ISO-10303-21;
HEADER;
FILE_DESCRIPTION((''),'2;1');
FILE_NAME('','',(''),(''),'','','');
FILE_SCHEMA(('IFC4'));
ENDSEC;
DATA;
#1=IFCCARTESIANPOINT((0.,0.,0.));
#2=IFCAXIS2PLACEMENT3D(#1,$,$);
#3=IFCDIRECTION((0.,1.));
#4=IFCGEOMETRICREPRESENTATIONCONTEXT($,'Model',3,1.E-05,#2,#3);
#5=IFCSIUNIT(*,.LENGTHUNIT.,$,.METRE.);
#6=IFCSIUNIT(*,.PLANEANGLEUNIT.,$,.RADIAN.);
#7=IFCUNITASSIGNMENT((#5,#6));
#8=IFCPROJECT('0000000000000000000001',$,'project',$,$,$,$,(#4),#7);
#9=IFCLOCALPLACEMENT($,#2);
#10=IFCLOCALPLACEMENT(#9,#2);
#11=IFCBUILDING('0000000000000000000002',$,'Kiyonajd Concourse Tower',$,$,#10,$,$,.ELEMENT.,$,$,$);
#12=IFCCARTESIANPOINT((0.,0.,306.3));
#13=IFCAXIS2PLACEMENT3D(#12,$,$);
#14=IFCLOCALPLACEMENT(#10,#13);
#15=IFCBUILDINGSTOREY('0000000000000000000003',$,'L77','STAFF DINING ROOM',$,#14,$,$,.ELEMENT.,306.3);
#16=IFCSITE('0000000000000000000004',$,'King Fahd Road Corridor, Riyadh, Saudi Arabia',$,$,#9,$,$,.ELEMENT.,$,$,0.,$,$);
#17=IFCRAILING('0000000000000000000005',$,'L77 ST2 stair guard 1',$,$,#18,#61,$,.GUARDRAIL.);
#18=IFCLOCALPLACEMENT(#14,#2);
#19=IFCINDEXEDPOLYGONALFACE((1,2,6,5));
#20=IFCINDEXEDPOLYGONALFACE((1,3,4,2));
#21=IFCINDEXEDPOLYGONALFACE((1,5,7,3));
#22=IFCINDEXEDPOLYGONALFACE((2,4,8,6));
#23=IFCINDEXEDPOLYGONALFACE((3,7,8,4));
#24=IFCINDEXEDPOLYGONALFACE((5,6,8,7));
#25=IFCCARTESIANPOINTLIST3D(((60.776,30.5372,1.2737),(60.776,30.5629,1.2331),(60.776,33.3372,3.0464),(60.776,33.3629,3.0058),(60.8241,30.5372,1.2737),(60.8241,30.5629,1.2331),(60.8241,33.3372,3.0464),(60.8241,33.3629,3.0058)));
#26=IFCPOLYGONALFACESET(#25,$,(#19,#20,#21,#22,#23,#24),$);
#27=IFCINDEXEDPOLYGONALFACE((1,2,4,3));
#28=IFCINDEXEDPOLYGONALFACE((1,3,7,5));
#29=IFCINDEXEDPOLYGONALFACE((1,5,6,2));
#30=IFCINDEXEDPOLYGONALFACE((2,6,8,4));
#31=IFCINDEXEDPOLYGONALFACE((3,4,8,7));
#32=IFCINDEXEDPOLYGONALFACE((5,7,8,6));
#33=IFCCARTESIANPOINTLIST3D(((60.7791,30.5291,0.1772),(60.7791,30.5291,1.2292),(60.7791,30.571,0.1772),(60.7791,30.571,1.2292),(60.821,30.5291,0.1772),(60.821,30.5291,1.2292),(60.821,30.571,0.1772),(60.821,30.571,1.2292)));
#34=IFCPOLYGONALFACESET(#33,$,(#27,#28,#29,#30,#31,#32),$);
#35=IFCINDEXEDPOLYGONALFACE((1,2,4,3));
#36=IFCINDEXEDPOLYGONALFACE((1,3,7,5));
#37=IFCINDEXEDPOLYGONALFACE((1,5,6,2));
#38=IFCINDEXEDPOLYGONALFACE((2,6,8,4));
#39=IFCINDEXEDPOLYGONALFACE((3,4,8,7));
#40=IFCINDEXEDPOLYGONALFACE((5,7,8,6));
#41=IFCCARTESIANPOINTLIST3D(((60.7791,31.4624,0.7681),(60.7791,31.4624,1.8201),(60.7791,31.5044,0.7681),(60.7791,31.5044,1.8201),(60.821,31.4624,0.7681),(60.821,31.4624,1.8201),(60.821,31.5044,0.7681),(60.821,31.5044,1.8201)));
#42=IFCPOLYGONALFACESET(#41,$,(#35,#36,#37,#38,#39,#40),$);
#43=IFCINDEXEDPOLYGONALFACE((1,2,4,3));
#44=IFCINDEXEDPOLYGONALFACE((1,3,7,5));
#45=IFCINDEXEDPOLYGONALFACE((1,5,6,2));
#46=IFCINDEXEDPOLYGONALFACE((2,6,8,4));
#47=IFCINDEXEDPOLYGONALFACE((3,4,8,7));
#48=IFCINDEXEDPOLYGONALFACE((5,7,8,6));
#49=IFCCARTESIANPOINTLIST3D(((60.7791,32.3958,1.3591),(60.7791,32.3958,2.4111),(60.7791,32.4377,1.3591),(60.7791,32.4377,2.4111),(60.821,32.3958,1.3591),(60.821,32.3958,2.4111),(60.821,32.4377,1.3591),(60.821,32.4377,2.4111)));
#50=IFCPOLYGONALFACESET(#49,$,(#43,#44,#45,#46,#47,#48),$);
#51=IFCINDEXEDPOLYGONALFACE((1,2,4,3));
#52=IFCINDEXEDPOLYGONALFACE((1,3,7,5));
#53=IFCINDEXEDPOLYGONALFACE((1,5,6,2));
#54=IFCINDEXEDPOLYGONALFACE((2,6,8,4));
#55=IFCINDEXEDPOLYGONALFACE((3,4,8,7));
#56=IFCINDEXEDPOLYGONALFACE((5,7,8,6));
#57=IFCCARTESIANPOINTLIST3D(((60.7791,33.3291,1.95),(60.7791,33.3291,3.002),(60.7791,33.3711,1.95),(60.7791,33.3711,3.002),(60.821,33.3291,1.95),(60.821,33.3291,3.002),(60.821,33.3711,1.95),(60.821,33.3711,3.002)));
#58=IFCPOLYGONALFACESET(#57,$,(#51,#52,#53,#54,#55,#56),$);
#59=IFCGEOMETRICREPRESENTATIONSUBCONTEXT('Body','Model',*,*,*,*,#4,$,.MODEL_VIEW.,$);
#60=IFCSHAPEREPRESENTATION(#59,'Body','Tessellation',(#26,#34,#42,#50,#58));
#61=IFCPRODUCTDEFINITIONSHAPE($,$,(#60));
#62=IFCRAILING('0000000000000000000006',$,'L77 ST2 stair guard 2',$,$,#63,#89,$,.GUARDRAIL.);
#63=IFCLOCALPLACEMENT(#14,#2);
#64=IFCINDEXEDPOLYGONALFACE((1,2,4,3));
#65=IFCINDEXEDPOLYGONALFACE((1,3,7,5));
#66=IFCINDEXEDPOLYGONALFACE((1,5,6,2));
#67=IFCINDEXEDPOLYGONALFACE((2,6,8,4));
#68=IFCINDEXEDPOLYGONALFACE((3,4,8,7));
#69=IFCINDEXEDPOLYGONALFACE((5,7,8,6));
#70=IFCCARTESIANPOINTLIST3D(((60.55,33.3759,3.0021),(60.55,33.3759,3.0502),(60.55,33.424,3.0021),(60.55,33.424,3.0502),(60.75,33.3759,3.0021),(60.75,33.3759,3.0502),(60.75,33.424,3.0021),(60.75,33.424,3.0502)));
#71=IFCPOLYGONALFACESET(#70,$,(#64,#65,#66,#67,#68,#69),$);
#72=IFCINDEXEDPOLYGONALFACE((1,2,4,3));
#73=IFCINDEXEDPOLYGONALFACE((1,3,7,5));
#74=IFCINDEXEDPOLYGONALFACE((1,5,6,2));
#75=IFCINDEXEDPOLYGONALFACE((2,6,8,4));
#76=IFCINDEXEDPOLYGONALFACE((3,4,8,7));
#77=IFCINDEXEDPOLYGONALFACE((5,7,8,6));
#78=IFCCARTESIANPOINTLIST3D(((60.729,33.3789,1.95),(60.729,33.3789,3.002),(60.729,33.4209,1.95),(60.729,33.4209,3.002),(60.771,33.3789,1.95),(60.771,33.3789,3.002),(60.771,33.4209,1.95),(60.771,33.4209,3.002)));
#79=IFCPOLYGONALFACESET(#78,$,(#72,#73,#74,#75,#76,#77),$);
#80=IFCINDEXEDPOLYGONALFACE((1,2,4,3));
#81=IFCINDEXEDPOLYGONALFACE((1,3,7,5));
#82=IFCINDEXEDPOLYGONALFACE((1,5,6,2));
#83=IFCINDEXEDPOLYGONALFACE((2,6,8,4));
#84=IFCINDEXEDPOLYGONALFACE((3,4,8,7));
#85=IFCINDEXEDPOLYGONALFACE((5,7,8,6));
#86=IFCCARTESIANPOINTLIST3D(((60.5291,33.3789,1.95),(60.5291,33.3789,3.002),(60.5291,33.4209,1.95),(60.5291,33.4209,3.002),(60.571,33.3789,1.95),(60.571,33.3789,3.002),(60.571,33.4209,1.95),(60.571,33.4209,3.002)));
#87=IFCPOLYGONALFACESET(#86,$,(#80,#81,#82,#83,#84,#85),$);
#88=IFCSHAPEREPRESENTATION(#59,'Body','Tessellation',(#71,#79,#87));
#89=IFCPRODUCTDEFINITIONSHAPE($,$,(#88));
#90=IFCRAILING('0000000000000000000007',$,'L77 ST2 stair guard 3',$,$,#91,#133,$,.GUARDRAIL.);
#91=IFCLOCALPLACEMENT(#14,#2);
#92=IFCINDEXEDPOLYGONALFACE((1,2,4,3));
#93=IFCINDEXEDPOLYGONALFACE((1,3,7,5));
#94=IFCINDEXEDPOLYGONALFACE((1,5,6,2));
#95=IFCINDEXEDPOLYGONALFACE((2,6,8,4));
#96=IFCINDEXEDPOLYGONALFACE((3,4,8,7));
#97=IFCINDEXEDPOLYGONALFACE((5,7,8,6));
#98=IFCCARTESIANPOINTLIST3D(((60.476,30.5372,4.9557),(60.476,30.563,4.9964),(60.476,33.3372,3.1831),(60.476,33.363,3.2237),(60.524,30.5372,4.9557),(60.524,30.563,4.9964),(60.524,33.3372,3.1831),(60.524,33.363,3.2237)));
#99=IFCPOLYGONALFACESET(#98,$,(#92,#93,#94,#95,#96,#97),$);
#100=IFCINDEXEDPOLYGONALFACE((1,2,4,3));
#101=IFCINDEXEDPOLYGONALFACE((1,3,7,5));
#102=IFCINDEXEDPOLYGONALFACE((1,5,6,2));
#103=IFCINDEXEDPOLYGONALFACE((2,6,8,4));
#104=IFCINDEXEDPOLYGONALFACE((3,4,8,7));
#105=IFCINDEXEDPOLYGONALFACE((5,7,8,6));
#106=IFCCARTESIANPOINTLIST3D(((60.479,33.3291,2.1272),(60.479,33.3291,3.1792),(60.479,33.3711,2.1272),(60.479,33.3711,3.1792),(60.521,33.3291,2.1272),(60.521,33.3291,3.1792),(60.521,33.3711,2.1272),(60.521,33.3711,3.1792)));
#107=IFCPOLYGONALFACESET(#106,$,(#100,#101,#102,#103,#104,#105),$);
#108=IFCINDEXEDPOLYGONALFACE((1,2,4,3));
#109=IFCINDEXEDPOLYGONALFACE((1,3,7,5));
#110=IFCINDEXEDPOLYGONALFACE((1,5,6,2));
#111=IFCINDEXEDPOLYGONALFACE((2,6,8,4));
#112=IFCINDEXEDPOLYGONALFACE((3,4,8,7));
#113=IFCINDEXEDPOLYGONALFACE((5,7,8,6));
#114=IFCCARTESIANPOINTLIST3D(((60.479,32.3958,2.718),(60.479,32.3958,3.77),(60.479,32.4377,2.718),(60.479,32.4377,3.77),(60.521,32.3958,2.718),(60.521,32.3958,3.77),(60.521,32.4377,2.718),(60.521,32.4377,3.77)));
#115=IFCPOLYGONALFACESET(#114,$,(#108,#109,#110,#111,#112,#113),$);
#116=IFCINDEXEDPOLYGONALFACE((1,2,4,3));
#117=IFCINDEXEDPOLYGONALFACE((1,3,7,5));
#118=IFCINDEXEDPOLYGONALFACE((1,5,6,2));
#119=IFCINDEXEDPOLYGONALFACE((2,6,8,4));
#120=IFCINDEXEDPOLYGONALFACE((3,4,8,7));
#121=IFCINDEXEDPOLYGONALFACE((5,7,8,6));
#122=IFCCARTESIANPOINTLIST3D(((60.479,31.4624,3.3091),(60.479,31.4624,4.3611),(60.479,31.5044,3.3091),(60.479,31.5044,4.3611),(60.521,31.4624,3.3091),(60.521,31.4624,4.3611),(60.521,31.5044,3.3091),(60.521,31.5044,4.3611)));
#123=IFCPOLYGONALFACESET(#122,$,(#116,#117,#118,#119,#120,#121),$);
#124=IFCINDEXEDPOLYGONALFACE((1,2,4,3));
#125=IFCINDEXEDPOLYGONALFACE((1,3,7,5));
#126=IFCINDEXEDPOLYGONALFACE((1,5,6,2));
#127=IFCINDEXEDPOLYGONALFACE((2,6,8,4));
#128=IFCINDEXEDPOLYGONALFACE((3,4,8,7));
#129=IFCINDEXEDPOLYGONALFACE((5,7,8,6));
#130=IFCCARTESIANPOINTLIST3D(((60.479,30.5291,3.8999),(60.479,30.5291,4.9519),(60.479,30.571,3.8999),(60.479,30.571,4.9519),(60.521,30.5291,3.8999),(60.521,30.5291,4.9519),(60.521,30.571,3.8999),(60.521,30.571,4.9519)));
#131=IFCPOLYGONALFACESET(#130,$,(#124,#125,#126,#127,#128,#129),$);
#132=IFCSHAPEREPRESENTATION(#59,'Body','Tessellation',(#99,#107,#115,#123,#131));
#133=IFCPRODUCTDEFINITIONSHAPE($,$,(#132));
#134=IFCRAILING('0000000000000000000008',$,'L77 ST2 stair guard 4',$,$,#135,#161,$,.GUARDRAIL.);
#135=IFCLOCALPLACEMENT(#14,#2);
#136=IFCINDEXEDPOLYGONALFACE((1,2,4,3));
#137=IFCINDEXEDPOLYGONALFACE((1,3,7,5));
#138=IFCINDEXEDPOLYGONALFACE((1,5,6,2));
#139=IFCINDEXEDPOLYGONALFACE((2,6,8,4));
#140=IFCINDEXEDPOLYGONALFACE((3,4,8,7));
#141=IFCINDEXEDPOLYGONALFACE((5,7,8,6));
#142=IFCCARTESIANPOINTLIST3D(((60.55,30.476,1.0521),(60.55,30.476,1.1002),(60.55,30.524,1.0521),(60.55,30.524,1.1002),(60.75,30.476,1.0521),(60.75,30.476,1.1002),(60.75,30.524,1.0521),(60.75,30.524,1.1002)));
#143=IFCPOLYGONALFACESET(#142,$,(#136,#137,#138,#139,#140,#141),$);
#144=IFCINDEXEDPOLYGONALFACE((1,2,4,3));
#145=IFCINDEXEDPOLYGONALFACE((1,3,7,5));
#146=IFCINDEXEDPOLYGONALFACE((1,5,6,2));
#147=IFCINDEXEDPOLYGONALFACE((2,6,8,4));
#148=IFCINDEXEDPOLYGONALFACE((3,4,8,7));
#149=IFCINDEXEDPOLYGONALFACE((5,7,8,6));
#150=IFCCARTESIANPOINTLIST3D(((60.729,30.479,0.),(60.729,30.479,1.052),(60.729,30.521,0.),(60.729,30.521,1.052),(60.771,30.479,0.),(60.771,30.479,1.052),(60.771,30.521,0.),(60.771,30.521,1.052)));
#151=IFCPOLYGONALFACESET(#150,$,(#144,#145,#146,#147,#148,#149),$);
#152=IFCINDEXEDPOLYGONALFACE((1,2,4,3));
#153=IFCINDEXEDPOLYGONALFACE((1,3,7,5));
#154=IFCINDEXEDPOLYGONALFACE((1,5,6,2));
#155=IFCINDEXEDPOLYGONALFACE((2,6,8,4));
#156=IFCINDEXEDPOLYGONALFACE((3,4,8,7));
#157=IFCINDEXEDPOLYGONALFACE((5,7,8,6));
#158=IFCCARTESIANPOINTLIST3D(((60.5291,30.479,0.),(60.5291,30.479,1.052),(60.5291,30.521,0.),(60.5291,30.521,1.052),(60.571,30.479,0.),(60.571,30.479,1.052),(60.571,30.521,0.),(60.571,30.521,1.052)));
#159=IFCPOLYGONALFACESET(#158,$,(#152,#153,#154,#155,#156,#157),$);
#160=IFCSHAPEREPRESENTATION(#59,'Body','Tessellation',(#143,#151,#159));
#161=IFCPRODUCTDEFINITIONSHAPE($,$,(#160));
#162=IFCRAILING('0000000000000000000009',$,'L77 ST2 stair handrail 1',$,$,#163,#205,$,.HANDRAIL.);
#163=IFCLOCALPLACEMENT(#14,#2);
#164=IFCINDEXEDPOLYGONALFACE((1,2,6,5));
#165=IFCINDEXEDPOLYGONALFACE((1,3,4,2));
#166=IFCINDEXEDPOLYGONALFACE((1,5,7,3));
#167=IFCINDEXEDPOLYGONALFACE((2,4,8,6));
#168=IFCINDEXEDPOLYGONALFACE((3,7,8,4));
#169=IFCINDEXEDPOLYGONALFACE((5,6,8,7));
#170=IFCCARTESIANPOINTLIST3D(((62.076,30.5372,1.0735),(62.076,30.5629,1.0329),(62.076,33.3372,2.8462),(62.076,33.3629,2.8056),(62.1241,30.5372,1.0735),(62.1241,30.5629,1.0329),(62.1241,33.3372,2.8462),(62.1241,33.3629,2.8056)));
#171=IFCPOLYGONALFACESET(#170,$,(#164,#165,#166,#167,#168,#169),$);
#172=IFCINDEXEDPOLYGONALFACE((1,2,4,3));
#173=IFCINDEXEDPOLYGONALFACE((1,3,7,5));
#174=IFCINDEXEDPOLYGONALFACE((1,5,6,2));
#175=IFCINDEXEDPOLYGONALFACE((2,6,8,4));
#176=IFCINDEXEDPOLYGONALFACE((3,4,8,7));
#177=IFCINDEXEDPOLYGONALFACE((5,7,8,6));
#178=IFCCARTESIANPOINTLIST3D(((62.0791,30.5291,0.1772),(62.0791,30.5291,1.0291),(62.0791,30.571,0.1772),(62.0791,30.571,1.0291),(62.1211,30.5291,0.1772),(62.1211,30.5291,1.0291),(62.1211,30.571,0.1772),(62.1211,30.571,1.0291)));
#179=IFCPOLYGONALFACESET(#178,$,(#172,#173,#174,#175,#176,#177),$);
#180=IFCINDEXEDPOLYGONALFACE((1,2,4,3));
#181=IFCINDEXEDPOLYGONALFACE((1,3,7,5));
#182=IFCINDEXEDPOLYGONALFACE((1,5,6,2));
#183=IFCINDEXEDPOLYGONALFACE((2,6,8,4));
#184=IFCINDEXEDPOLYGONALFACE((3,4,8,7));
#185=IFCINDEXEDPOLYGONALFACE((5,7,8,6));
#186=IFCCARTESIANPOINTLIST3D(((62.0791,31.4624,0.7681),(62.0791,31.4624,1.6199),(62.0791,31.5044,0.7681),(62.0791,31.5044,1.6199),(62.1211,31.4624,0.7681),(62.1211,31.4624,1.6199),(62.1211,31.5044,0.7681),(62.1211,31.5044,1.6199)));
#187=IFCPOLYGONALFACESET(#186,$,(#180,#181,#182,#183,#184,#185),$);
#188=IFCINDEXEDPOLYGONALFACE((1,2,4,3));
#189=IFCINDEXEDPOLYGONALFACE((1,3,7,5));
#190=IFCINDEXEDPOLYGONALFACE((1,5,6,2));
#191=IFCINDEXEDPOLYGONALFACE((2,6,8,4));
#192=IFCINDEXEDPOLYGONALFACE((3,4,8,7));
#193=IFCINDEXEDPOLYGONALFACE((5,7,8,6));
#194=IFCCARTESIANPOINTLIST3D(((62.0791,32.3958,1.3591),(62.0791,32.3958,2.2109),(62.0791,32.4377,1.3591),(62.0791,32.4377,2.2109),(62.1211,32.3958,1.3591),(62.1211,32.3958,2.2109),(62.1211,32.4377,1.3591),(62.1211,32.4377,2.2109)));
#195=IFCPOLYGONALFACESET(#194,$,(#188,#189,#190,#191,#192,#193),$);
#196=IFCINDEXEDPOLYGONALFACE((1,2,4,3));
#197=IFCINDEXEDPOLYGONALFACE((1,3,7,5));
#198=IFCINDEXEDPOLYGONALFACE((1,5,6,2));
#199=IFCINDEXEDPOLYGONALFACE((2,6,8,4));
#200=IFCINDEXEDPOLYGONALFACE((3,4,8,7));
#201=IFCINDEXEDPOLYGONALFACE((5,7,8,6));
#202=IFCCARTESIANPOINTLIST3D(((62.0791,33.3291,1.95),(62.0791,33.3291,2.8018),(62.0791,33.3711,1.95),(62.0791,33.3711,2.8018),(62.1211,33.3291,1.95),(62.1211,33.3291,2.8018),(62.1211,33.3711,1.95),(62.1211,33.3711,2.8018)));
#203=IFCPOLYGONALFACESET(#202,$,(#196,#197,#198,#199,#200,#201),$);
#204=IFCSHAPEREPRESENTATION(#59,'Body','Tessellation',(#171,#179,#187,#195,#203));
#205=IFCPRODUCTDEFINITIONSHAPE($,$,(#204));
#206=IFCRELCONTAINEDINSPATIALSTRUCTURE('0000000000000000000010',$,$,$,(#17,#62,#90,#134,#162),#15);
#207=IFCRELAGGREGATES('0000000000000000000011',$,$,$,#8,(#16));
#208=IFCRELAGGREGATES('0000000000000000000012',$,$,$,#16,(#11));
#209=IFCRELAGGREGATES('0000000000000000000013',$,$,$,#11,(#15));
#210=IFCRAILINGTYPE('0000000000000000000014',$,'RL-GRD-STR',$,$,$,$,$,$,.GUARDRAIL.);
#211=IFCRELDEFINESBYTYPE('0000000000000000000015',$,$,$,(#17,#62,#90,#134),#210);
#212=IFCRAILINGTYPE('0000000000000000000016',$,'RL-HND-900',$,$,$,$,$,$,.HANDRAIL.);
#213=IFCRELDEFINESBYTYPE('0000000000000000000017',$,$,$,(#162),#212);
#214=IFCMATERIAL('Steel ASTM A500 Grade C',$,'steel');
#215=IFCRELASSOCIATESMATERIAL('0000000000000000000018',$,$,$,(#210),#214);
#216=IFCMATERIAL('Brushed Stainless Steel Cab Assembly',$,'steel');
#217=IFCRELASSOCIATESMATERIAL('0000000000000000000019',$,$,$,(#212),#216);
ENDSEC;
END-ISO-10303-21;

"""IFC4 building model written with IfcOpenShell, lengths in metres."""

from ifc_helpers import new_model, si_unit, direction, frame, origin, origin_2d, place, context, subcontext, project, spatial, rectangle, extrude, material, type_object, element, save


model = new_model("IFC4")

# Units and contexts
model_context = context("Model", 3, precision=1e-05, world=origin(), true_north=direction((0.0, 1.0)))
body_context = subcontext(model_context, "Body", "Model", "MODEL_VIEW")
ifc_project = project(units=[si_unit("LENGTHUNIT", "METRE"), si_unit("PLANEANGLEUNIT", "RADIAN")], contexts=[model_context])

# Site, building, storey
site_placement = place(None, origin())
site = spatial("IfcSite", under=ifc_project, at=site_placement, Name="King Fahd Road Corridor, Riyadh, Saudi Arabia", CompositionType="ELEMENT", RefElevation=0.0)
building_placement = place(site_placement, origin())
building = spatial("IfcBuilding", under=site, at=building_placement, Name="Kiyonajd Concourse Tower", CompositionType="ELEMENT")
storey_placement = place(building_placement, frame((0.0, 0.0, 306.3)))
storey = spatial("IfcBuildingStorey", under=building, at=storey_placement, Name="L77", Description="STAFF DINING ROOM", CompositionType="ELEMENT", Elevation=306.3)

# Railings
ifc_material_1 = material(Name="Steel ASTM A500 Grade C", Category="steel")
railing_type_1 = type_object("IfcRailingType", Name="RL-GRD-STR", PredefinedType="GUARDRAIL", material=ifc_material_1)
railing_1_placement = place(storey_placement, frame((60.8, 30.55, 0.1772)))
element("IfcRailing", 1, at=railing_1_placement, inside=storey, type_object=railing_type_1, Name="L77 ST2 stair guard 1", PredefinedType="GUARDRAIL", context=body_context, shape_type="SweptSolid", body=[
    extrude(rectangle(XDim=0.0481, YDim=0.0481, at=origin_2d()), frame((0.0, 0.0, 1.0762), z_axis=(0.0, 0.844909, 0.53491), x_axis=(-1.0, 0.0, 0.0)), (0.0, 0.0, 1.0), 3.314),
    extrude(rectangle(XDim=0.042, YDim=0.042, at=origin_2d()), origin(), (0.0, 0.0, 1.0), 1.052),
    extrude(rectangle(XDim=0.042, YDim=0.042, at=origin_2d()), frame((0.0, 0.9333, 0.5908)), (0.0, 0.0, 1.0), 1.052),
    extrude(rectangle(XDim=0.042, YDim=0.042, at=origin_2d()), frame((0.0, 1.8667, 1.1819)), (0.0, 0.0, 1.0), 1.052),
    extrude(rectangle(XDim=0.042, YDim=0.042, at=origin_2d()), frame((0.0, 2.8, 1.7727)), (0.0, 0.0, 1.0), 1.052),
])
railing_2_placement = place(storey_placement, frame((60.75, 33.3999, 1.95)))
element("IfcRailing", 2, at=railing_2_placement, inside=storey, type_object=railing_type_1, Name="L77 ST2 stair guard 2", PredefinedType="GUARDRAIL", context=body_context, shape_type="SweptSolid", body=[
    extrude(rectangle(XDim=0.0481, YDim=0.0481, at=origin_2d()), frame((0.0, 0.0, 1.0762), z_axis=(-1.0, 0.0, 0.0), x_axis=(0.0, -1.0, 0.0)), (0.0, 0.0, 1.0), 0.2),
    extrude(rectangle(XDim=0.042, YDim=0.042, at=origin_2d()), origin(), (0.0, 0.0, 1.0), 1.052),
    extrude(rectangle(XDim=0.042, YDim=0.042, at=origin_2d()), frame((-0.2, 0.0, 0.0)), (0.0, 0.0, 1.0), 1.052),
])
railing_3_placement = place(storey_placement, frame((60.5, 33.3501, 2.1272)))
element("IfcRailing", 3, at=railing_3_placement, inside=storey, type_object=railing_type_1, Name="L77 ST2 stair guard 3", PredefinedType="GUARDRAIL", context=body_context, shape_type="SweptSolid", body=[
    extrude(rectangle(XDim=0.0481, YDim=0.0481, at=origin_2d()), frame((0.0, 0.0, 1.0762), z_axis=(0.0, -0.844909, 0.53491), x_axis=(1.0, 0.0, 0.0)), (0.0, 0.0, 1.0), 3.314),
    extrude(rectangle(XDim=0.042, YDim=0.042, at=origin_2d()), origin(), (0.0, 0.0, 1.0), 1.052),
    extrude(rectangle(XDim=0.042, YDim=0.042, at=origin_2d()), frame((0.0, -0.9333, 0.5908)), (0.0, 0.0, 1.0), 1.052),
    extrude(rectangle(XDim=0.042, YDim=0.042, at=origin_2d()), frame((0.0, -1.8667, 1.1819)), (0.0, 0.0, 1.0), 1.052),
    extrude(rectangle(XDim=0.042, YDim=0.042, at=origin_2d()), frame((0.0, -2.8, 1.7727)), (0.0, 0.0, 1.0), 1.052),
])
railing_4_placement = place(storey_placement, frame((60.75, 30.5, 0.0)))
element("IfcRailing", 4, at=railing_4_placement, inside=storey, type_object=railing_type_1, Name="L77 ST2 stair guard 4", PredefinedType="GUARDRAIL", context=body_context, shape_type="SweptSolid", body=[
    extrude(rectangle(XDim=0.0481, YDim=0.0481, at=origin_2d()), frame((0.0, 0.0, 1.0762), z_axis=(-1.0, 0.0, 0.0), x_axis=(0.0, -1.0, 0.0)), (0.0, 0.0, 1.0), 0.2),
    extrude(rectangle(XDim=0.042, YDim=0.042, at=origin_2d()), origin(), (0.0, 0.0, 1.0), 1.052),
    extrude(rectangle(XDim=0.042, YDim=0.042, at=origin_2d()), frame((-0.2, 0.0, 0.0)), (0.0, 0.0, 1.0), 1.052),
])
ifc_material_2 = material(Name="Brushed Stainless Steel Cab Assembly", Category="steel")
railing_type_2 = type_object("IfcRailingType", Name="RL-HND-900", PredefinedType="HANDRAIL", material=ifc_material_2)
railing_5_placement = place(storey_placement, frame((62.1001, 30.55, 0.1772)))
element("IfcRailing", 5, at=railing_5_placement, inside=storey, type_object=railing_type_2, Name="L77 ST2 stair handrail 1", PredefinedType="HANDRAIL", context=body_context, shape_type="SweptSolid", body=[
    extrude(rectangle(XDim=0.0481, YDim=0.0481, at=origin_2d()), frame((0.0, 0.0, 0.876), z_axis=(0.0, 0.844909, 0.53491), x_axis=(-1.0, 0.0, 0.0)), (0.0, 0.0, 1.0), 3.314),
    extrude(rectangle(XDim=0.042, YDim=0.042, at=origin_2d()), origin(), (0.0, 0.0, 1.0), 0.8518),
    extrude(rectangle(XDim=0.042, YDim=0.042, at=origin_2d()), frame((0.0, 0.9333, 0.5908)), (0.0, 0.0, 1.0), 0.8518),
    extrude(rectangle(XDim=0.042, YDim=0.042, at=origin_2d()), frame((0.0, 1.8667, 1.1819)), (0.0, 0.0, 1.0), 0.8518),
    extrude(rectangle(XDim=0.042, YDim=0.042, at=origin_2d()), frame((0.0, 2.8, 1.7727)), (0.0, 0.0, 1.0), 0.8518),
])

save(model, "model.ifc")
